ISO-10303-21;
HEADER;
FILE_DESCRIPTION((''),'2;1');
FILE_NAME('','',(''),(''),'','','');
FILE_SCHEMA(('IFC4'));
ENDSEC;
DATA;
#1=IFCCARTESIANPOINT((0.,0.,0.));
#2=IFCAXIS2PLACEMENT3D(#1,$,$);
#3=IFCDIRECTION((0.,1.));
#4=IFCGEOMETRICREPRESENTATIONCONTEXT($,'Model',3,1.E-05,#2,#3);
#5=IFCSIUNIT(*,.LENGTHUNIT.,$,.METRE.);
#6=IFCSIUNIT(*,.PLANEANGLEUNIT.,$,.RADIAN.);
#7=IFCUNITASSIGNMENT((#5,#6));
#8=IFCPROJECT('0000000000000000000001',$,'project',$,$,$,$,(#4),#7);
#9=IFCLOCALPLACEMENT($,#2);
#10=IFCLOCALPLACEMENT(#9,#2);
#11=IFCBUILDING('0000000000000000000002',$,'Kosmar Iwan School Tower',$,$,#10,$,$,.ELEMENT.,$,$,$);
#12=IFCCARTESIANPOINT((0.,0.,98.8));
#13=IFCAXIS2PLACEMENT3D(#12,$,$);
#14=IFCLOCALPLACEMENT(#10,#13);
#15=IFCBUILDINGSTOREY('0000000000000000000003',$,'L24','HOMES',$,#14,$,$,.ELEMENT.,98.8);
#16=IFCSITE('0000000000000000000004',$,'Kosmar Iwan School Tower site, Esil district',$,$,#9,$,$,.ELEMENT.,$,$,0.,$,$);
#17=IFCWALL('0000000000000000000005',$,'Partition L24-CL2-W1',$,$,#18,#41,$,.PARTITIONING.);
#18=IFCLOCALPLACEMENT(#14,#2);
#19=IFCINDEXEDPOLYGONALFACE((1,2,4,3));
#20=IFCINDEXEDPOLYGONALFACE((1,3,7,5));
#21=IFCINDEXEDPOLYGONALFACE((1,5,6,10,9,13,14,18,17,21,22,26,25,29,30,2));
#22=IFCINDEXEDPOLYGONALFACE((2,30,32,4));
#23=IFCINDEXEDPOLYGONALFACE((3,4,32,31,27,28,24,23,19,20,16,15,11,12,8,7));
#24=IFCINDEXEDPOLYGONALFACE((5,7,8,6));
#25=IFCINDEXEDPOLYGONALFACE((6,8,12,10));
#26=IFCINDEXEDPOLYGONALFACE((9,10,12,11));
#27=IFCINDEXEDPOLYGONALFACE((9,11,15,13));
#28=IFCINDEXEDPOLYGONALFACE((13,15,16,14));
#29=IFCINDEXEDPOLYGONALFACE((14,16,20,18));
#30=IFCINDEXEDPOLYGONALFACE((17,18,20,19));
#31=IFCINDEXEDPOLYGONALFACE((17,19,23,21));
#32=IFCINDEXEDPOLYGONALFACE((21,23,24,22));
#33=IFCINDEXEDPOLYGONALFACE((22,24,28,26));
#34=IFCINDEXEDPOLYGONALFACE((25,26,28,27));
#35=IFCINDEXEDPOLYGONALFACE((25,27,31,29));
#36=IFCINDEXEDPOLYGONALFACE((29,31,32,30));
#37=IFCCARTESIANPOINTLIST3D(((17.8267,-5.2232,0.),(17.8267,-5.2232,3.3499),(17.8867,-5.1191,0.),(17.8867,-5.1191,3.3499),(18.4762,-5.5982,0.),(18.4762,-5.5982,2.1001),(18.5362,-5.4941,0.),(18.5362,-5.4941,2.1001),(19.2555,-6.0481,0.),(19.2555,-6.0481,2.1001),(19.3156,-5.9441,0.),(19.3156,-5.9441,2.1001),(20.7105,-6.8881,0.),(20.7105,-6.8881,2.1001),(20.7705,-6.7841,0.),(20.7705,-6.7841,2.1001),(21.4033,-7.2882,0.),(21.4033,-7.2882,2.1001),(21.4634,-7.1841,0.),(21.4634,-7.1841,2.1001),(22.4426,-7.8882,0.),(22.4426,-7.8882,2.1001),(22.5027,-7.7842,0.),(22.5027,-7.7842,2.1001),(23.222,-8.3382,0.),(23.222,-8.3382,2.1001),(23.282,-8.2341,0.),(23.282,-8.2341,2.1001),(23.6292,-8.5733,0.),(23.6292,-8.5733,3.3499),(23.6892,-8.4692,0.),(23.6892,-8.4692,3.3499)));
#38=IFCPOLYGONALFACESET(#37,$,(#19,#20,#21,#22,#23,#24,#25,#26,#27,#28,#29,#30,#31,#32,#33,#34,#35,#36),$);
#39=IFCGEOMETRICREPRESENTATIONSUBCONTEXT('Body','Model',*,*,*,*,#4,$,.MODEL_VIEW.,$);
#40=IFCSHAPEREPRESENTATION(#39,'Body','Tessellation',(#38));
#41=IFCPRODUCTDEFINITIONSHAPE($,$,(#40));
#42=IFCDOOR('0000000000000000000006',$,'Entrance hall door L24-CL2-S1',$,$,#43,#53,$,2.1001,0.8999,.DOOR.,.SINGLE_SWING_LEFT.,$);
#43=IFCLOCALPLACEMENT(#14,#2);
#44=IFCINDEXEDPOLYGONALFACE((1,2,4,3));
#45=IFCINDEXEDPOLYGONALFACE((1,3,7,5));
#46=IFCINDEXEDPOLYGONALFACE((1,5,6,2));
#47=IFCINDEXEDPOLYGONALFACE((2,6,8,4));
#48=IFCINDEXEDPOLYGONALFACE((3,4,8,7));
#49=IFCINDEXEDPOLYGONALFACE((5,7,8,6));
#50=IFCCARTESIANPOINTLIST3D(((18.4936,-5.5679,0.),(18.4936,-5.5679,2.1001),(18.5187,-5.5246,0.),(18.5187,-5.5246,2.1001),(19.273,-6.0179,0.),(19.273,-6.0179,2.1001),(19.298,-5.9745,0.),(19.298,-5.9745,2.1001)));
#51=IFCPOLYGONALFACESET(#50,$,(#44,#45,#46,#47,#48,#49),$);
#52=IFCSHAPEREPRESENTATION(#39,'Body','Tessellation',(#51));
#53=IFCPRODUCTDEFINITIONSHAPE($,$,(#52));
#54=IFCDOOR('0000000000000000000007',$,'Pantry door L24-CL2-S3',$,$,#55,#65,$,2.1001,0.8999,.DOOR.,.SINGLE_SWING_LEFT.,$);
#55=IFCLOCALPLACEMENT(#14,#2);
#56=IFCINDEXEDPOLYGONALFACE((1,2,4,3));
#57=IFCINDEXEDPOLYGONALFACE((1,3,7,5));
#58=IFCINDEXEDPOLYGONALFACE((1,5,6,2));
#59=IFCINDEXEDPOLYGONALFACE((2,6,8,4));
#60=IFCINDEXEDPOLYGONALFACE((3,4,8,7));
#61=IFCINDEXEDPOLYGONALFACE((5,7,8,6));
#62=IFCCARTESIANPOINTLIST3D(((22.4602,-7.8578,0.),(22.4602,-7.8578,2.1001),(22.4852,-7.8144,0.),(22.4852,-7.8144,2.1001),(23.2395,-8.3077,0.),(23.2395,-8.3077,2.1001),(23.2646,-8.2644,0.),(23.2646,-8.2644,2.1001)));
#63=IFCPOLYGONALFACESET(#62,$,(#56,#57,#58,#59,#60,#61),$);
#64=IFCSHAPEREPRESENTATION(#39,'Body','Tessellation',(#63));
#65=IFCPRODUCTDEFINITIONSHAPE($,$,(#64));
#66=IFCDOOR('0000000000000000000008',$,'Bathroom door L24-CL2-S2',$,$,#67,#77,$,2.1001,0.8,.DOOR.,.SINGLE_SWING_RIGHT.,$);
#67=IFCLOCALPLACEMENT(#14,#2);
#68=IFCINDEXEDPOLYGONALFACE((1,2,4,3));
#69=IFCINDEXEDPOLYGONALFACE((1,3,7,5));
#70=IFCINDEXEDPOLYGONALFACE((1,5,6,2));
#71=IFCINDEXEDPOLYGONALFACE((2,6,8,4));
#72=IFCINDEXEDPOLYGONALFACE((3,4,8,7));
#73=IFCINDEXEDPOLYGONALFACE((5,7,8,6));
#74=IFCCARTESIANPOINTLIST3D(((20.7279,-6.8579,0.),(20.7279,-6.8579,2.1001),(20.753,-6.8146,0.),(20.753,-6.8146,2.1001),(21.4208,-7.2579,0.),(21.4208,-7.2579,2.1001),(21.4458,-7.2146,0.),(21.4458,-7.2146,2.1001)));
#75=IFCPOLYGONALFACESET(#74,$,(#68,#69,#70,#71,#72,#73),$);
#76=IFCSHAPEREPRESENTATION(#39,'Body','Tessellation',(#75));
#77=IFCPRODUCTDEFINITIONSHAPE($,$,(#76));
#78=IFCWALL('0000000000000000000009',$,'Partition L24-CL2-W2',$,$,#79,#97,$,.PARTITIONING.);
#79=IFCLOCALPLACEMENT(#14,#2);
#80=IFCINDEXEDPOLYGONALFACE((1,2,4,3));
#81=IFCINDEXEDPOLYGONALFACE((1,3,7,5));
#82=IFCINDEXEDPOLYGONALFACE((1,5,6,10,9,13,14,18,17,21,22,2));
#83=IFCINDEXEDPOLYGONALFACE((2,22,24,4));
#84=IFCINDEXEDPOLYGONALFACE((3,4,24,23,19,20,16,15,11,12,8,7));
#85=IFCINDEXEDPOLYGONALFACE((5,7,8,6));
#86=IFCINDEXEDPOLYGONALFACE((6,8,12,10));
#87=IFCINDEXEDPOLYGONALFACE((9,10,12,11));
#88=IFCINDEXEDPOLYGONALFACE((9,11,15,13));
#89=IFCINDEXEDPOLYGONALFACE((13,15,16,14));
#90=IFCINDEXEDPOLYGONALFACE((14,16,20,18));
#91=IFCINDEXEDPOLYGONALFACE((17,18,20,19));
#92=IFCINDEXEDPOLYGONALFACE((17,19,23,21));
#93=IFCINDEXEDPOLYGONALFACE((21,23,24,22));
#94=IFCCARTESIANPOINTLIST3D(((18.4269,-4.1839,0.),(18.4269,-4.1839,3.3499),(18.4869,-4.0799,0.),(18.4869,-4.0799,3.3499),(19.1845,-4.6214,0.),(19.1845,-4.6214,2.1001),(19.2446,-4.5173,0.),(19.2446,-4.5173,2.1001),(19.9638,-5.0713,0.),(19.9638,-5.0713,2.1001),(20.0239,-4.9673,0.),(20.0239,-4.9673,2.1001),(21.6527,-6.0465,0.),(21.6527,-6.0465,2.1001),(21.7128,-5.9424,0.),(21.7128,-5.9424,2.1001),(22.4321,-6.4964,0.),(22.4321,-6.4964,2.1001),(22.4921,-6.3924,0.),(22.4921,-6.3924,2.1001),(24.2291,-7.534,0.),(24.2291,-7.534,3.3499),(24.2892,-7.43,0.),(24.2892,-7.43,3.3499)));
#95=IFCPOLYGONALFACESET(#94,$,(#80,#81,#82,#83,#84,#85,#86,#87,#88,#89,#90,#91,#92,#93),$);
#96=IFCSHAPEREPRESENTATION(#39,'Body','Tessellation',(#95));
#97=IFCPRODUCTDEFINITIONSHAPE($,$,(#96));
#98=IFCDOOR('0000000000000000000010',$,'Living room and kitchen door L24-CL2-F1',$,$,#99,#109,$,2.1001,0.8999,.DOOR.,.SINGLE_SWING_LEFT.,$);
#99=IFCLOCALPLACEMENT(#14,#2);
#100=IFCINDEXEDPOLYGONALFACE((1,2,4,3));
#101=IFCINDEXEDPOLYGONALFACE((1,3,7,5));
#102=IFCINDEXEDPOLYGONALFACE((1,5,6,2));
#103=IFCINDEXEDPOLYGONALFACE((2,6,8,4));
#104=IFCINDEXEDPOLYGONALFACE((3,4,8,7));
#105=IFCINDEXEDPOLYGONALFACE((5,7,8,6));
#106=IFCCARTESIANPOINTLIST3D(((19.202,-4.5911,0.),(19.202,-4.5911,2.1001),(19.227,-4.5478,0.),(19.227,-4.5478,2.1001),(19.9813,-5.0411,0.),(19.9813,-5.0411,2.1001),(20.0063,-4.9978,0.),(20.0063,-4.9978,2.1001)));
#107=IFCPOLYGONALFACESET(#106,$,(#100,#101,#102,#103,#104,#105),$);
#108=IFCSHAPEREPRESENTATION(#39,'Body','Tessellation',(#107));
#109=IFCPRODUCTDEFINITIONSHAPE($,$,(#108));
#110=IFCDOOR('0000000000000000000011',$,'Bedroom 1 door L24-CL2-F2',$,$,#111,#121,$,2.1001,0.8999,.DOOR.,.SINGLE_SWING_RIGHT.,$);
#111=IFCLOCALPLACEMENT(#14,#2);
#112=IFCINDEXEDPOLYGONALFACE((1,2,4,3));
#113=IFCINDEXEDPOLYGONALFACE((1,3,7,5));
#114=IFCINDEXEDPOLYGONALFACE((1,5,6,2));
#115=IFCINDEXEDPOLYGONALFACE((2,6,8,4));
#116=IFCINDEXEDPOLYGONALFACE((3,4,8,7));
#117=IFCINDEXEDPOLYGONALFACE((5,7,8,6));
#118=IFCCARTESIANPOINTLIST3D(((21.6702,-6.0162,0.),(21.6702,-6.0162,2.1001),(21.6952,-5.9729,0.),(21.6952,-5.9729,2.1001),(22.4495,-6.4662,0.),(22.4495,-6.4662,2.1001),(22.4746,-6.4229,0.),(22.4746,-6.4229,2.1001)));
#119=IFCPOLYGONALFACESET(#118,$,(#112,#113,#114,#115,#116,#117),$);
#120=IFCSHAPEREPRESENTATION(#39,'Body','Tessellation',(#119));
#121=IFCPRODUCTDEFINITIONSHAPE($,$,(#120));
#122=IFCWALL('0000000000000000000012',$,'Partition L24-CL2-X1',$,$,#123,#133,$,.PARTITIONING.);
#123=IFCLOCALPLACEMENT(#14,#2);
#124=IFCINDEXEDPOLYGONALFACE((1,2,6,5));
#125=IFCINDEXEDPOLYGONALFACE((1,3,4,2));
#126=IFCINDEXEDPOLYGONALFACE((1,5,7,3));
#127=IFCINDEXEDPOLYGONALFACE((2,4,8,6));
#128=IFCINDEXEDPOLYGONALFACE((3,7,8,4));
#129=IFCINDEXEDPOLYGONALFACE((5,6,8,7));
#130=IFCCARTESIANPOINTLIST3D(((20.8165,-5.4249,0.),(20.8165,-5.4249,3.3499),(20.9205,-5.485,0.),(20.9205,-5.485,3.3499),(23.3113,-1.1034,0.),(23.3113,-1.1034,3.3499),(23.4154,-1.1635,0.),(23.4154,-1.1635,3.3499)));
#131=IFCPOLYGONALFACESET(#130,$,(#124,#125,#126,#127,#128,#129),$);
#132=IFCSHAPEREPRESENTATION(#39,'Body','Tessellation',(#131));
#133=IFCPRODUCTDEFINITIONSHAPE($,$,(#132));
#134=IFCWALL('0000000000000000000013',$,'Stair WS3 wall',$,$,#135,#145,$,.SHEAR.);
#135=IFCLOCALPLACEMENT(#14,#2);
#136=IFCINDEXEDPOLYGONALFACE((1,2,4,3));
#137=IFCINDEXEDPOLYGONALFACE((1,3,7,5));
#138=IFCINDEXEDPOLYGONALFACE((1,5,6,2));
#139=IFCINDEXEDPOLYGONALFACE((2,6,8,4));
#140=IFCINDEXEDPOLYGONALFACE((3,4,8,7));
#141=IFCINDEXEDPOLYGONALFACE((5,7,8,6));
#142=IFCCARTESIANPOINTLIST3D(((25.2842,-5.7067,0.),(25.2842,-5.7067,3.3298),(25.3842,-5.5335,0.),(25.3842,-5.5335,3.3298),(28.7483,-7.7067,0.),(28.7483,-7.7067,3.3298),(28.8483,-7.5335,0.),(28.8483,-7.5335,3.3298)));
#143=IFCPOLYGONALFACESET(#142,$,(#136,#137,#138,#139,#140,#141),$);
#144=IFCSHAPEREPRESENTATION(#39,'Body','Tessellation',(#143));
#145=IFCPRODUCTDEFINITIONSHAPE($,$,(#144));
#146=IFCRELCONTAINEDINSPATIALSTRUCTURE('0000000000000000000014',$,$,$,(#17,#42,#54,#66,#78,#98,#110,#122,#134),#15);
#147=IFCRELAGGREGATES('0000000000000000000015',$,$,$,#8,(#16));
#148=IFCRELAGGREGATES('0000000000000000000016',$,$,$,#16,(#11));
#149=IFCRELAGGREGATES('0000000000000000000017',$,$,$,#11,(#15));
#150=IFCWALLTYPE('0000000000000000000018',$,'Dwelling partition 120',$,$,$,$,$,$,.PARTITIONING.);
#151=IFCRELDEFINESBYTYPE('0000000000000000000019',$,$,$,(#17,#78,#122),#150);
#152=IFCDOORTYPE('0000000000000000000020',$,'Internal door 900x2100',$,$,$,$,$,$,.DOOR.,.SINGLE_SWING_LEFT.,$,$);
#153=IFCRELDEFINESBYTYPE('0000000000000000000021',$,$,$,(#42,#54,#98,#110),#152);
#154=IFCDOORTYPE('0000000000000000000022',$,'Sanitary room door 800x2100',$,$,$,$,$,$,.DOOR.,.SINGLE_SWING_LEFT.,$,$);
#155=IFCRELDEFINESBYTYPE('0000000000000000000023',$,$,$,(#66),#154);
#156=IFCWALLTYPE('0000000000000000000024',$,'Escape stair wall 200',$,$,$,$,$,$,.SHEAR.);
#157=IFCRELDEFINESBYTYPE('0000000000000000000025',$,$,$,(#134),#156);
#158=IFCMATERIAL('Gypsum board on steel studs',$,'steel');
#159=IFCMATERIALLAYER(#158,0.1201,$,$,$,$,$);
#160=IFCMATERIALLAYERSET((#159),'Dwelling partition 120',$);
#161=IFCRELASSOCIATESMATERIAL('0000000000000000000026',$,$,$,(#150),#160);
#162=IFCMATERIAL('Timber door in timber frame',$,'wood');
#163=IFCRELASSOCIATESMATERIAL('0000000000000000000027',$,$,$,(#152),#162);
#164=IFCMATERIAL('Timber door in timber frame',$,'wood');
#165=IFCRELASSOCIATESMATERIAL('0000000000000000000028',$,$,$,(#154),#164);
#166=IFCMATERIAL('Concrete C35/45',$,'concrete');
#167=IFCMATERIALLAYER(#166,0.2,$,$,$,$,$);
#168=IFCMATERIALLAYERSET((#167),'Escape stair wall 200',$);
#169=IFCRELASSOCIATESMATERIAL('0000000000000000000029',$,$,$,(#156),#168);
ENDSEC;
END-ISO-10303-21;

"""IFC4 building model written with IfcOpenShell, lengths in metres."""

from ifc_helpers import new_model, si_unit, direction, frame, frame_2d, origin, place, context, subcontext, project, spatial, rectangle, extrude, material, layer, layer_set, type_object, element, fill, save


model = new_model("IFC4")

# Units and contexts
model_context = context("Model", 3, precision=1e-05, world=origin(), true_north=direction((0.0, 1.0)))
body_context = subcontext(model_context, "Body", "Model", "MODEL_VIEW")
ifc_project = project(units=[si_unit("LENGTHUNIT", "METRE"), si_unit("PLANEANGLEUNIT", "RADIAN")], contexts=[model_context])

# Site, building, storey
site_placement = place(None, origin())
site = spatial("IfcSite", under=ifc_project, at=site_placement, Name="Kosmar Iwan School Tower site, Esil district", CompositionType="ELEMENT", RefElevation=0.0)
building_placement = place(site_placement, origin())
building = spatial("IfcBuilding", under=site, at=building_placement, Name="Kosmar Iwan School Tower", CompositionType="ELEMENT")
storey_placement = place(building_placement, frame((0.0, 0.0, 98.8)))
storey = spatial("IfcBuildingStorey", under=building, at=storey_placement, Name="L24", Description="HOMES", CompositionType="ELEMENT", Elevation=98.8)

# Shared definitions
ifc_material_1 = material(Name="Gypsum board on steel studs", Category="steel")
ifc_layer_1 = layer(ifc_material_1, 0.1201)
ifc_layer_set_1 = layer_set([ifc_layer_1], Name="Dwelling partition 120")
wall_type_1 = type_object("IfcWallType", Name="Dwelling partition 120", PredefinedType="PARTITIONING", material=ifc_layer_set_1)

# Walls, openings, doors
wall_1_placement = place(storey_placement, frame((17.8567, -5.1711, 0.0), z_axis=(0.0, 0.0, 1.0), x_axis=(0.866024, -0.500003, 0.0)))
wall_1 = element("IfcWall", 1, at=wall_1_placement, inside=storey, type_object=wall_type_1, Name="Partition L24-CL2-W1", PredefinedType="PARTITIONING", context=body_context, shape_type="SweptSolid", body=[
    extrude(rectangle(XDim=6.7002, YDim=0.1201, at=frame_2d((3.3501, 0.0))), origin(), (0.0, 0.0, 1.0), 3.3499),
])
opening_1_placement = place(wall_1_placement, frame((0.75, 0.0, 0.0)))
opening_1 = element("IfcOpeningElement", 2, at=opening_1_placement, cuts=wall_1, PredefinedType="OPENING", context=body_context, shape_type="SweptSolid", body=[
    extrude(rectangle(XDim=0.8999, YDim=2.1001, at=frame_2d((0.45, 1.05))), frame((0.0, 0.072, 0.0), z_axis=(0.0, -1.0, 0.0), x_axis=(1.0, 0.0, 0.0)), (0.0, 0.0, 1.0), 0.144),
])
opening_2_placement = place(wall_1_placement, frame((3.3301, 0.0, 0.0)))
opening_2 = element("IfcOpeningElement", 3, at=opening_2_placement, cuts=wall_1, PredefinedType="OPENING", context=body_context, shape_type="SweptSolid", body=[
    extrude(rectangle(XDim=0.8, YDim=2.1001, at=frame_2d((0.3999, 1.05))), frame((0.0, 0.072, 0.0), z_axis=(0.0, -1.0, 0.0), x_axis=(1.0, 0.0, 0.0)), (0.0, 0.0, 1.0), 0.144),
])
opening_3_placement = place(wall_1_placement, frame((5.3301, 0.0, 0.0)))
opening_3 = element("IfcOpeningElement", 4, at=opening_3_placement, cuts=wall_1, PredefinedType="OPENING", context=body_context, shape_type="SweptSolid", body=[
    extrude(rectangle(XDim=0.8999, YDim=2.1001, at=frame_2d((0.45, 1.05))), frame((0.0, 0.072, 0.0), z_axis=(0.0, -1.0, 0.0), x_axis=(1.0, 0.0, 0.0)), (0.0, 0.0, 1.0), 0.144),
])
ifc_material_2 = material(Name="Timber door in timber frame", Category="wood")
door_type_1 = type_object("IfcDoorType", Name="Internal door 900x2100", OperationType="SINGLE_SWING_LEFT", PredefinedType="DOOR", material=ifc_material_2)
door_1_placement = place(opening_1_placement, origin())
door_1 = element("IfcDoor", 5, at=door_1_placement, inside=storey, type_object=door_type_1, Name="Entrance hall door L24-CL2-S1", OperationType="SINGLE_SWING_LEFT", OverallHeight=2.1001, OverallWidth=0.8999, PredefinedType="DOOR", context=body_context, shape_type="SweptSolid", body=[
    extrude(rectangle(XDim=0.8999, YDim=2.1001, at=frame_2d((0.45, 1.05))), frame((0.0, 0.0249, 0.0), z_axis=(0.0, -1.0, 0.0), x_axis=(1.0, 0.0, 0.0)), (0.0, 0.0, 1.0), 0.05),
])
fill(opening_1, door_1)
door_2_placement = place(opening_3_placement, frame((0.8999, 0.0, 0.0), z_axis=(0.0, 0.0, 1.0), x_axis=(-1.0, 0.0, 0.0)))
door_2 = element("IfcDoor", 6, at=door_2_placement, inside=storey, type_object=door_type_1, Name="Pantry door L24-CL2-S3", OperationType="SINGLE_SWING_LEFT", OverallHeight=2.1001, OverallWidth=0.8999, PredefinedType="DOOR", context=body_context, shape_type="SweptSolid", body=[
    extrude(rectangle(XDim=0.8999, YDim=2.1001, at=frame_2d((0.45, 1.05))), frame((0.0, 0.0249, 0.0), z_axis=(0.0, -1.0, 0.0), x_axis=(1.0, 0.0, 0.0)), (0.0, 0.0, 1.0), 0.05),
])
fill(opening_3, door_2)
ifc_material_3 = material(Name="Timber door in timber frame", Category="wood")
door_type_2 = type_object("IfcDoorType", Name="Sanitary room door 800x2100", OperationType="SINGLE_SWING_LEFT", PredefinedType="DOOR", material=ifc_material_3)
door_3_placement = place(opening_2_placement, origin())
door_3 = element("IfcDoor", 7, at=door_3_placement, inside=storey, type_object=door_type_2, Name="Bathroom door L24-CL2-S2", OperationType="SINGLE_SWING_RIGHT", OverallHeight=2.1001, OverallWidth=0.8, PredefinedType="DOOR", context=body_context, shape_type="SweptSolid", body=[
    extrude(rectangle(XDim=0.8, YDim=2.1001, at=frame_2d((0.3999, 1.05))), frame((0.0, 0.0249, 0.0), z_axis=(0.0, -1.0, 0.0), x_axis=(1.0, 0.0, 0.0)), (0.0, 0.0, 1.0), 0.05),
])
fill(opening_2, door_3)
wall_2_placement = place(storey_placement, frame((18.4568, -4.1318, 0.0), z_axis=(0.0, 0.0, 1.0), x_axis=(0.866014, -0.500019, 0.0)))
wall_2 = element("IfcWall", 8, at=wall_2_placement, inside=storey, type_object=wall_type_1, Name="Partition L24-CL2-W2", PredefinedType="PARTITIONING", context=body_context, shape_type="SweptSolid", body=[
    extrude(rectangle(XDim=6.7, YDim=0.1201, at=frame_2d((3.3501, 0.0))), origin(), (0.0, 0.0, 1.0), 3.3499),
])
opening_4_placement = place(wall_2_placement, frame((0.875, 0.0, 0.0)))
opening_4 = element("IfcOpeningElement", 9, at=opening_4_placement, cuts=wall_2, PredefinedType="OPENING", context=body_context, shape_type="SweptSolid", body=[
    extrude(rectangle(XDim=0.8999, YDim=2.1001, at=frame_2d((0.45, 1.05))), frame((0.0, 0.072, 0.0), z_axis=(0.0, -1.0, 0.0), x_axis=(1.0, 0.0, 0.0)), (0.0, 0.0, 1.0), 0.144),
])
opening_5_placement = place(wall_2_placement, frame((3.7251, 0.0, 0.0)))
opening_5 = element("IfcOpeningElement", 10, at=opening_5_placement, cuts=wall_2, PredefinedType="OPENING", context=body_context, shape_type="SweptSolid", body=[
    extrude(rectangle(XDim=0.8999, YDim=2.1001, at=frame_2d((0.45, 1.05))), frame((0.0, 0.072, 0.0), z_axis=(0.0, -1.0, 0.0), x_axis=(1.0, 0.0, 0.0)), (0.0, 0.0, 1.0), 0.144),
])
door_4_placement = place(opening_4_placement, origin())
door_4 = element("IfcDoor", 11, at=door_4_placement, inside=storey, type_object=door_type_1, Name="Living room and kitchen door L24-CL2-F1", OperationType="SINGLE_SWING_LEFT", OverallHeight=2.1001, OverallWidth=0.8999, PredefinedType="DOOR", context=body_context, shape_type="SweptSolid", body=[
    extrude(rectangle(XDim=0.8999, YDim=2.1001, at=frame_2d((0.45, 1.05))), frame((0.0, 0.0249, 0.0), z_axis=(0.0, -1.0, 0.0), x_axis=(1.0, 0.0, 0.0)), (0.0, 0.0, 1.0), 0.05),
])
fill(opening_4, door_4)
door_5_placement = place(opening_5_placement, origin())
door_5 = element("IfcDoor", 12, at=door_5_placement, inside=storey, type_object=door_type_1, Name="Bedroom 1 door L24-CL2-F2", OperationType="SINGLE_SWING_RIGHT", OverallHeight=2.1001, OverallWidth=0.8999, PredefinedType="DOOR", context=body_context, shape_type="SweptSolid", body=[
    extrude(rectangle(XDim=0.8999, YDim=2.1001, at=frame_2d((0.45, 1.05))), frame((0.0, 0.0249, 0.0), z_axis=(0.0, -1.0, 0.0), x_axis=(1.0, 0.0, 0.0)), (0.0, 0.0, 1.0), 0.05),
])
fill(opening_5, door_5)

# Walls
wall_3_placement = place(storey_placement, frame((20.8684, -5.4551, 0.0), z_axis=(0.0, 0.0, 1.0), x_axis=(0.499975, 0.86604, 0.0)))
element("IfcWall", 13, at=wall_3_placement, inside=storey, type_object=wall_type_1, Name="Partition L24-CL2-X1", PredefinedType="PARTITIONING", context=body_context, shape_type="SweptSolid", body=[
    extrude(rectangle(XDim=4.99, YDim=0.1201, at=frame_2d((2.4951, 0.0))), origin(), (0.0, 0.0, 1.0), 3.3499),
])
ifc_material_4 = material(Name="Concrete C35/45", Category="concrete")
ifc_layer_2 = layer(ifc_material_4, 0.2)
ifc_layer_set_2 = layer_set([ifc_layer_2], Name="Escape stair wall 200")
wall_type_2 = type_object("IfcWallType", Name="Escape stair wall 200", PredefinedType="SHEAR", material=ifc_layer_set_2)
wall_4_placement = place(storey_placement, frame((25.3342, -5.6201, 0.0), z_axis=(0.0, 0.0, 1.0), x_axis=(0.866026, -0.499999, 0.0)))
element("IfcWall", 14, at=wall_4_placement, inside=storey, type_object=wall_type_2, Name="Stair WS3 wall", PredefinedType="SHEAR", context=body_context, shape_type="SweptSolid", body=[
    extrude(rectangle(XDim=4.0, YDim=0.2, at=frame_2d((2.0, 0.0))), origin(), (0.0, 0.0, 1.0), 3.3298),
])

save(model, "model.ifc")
